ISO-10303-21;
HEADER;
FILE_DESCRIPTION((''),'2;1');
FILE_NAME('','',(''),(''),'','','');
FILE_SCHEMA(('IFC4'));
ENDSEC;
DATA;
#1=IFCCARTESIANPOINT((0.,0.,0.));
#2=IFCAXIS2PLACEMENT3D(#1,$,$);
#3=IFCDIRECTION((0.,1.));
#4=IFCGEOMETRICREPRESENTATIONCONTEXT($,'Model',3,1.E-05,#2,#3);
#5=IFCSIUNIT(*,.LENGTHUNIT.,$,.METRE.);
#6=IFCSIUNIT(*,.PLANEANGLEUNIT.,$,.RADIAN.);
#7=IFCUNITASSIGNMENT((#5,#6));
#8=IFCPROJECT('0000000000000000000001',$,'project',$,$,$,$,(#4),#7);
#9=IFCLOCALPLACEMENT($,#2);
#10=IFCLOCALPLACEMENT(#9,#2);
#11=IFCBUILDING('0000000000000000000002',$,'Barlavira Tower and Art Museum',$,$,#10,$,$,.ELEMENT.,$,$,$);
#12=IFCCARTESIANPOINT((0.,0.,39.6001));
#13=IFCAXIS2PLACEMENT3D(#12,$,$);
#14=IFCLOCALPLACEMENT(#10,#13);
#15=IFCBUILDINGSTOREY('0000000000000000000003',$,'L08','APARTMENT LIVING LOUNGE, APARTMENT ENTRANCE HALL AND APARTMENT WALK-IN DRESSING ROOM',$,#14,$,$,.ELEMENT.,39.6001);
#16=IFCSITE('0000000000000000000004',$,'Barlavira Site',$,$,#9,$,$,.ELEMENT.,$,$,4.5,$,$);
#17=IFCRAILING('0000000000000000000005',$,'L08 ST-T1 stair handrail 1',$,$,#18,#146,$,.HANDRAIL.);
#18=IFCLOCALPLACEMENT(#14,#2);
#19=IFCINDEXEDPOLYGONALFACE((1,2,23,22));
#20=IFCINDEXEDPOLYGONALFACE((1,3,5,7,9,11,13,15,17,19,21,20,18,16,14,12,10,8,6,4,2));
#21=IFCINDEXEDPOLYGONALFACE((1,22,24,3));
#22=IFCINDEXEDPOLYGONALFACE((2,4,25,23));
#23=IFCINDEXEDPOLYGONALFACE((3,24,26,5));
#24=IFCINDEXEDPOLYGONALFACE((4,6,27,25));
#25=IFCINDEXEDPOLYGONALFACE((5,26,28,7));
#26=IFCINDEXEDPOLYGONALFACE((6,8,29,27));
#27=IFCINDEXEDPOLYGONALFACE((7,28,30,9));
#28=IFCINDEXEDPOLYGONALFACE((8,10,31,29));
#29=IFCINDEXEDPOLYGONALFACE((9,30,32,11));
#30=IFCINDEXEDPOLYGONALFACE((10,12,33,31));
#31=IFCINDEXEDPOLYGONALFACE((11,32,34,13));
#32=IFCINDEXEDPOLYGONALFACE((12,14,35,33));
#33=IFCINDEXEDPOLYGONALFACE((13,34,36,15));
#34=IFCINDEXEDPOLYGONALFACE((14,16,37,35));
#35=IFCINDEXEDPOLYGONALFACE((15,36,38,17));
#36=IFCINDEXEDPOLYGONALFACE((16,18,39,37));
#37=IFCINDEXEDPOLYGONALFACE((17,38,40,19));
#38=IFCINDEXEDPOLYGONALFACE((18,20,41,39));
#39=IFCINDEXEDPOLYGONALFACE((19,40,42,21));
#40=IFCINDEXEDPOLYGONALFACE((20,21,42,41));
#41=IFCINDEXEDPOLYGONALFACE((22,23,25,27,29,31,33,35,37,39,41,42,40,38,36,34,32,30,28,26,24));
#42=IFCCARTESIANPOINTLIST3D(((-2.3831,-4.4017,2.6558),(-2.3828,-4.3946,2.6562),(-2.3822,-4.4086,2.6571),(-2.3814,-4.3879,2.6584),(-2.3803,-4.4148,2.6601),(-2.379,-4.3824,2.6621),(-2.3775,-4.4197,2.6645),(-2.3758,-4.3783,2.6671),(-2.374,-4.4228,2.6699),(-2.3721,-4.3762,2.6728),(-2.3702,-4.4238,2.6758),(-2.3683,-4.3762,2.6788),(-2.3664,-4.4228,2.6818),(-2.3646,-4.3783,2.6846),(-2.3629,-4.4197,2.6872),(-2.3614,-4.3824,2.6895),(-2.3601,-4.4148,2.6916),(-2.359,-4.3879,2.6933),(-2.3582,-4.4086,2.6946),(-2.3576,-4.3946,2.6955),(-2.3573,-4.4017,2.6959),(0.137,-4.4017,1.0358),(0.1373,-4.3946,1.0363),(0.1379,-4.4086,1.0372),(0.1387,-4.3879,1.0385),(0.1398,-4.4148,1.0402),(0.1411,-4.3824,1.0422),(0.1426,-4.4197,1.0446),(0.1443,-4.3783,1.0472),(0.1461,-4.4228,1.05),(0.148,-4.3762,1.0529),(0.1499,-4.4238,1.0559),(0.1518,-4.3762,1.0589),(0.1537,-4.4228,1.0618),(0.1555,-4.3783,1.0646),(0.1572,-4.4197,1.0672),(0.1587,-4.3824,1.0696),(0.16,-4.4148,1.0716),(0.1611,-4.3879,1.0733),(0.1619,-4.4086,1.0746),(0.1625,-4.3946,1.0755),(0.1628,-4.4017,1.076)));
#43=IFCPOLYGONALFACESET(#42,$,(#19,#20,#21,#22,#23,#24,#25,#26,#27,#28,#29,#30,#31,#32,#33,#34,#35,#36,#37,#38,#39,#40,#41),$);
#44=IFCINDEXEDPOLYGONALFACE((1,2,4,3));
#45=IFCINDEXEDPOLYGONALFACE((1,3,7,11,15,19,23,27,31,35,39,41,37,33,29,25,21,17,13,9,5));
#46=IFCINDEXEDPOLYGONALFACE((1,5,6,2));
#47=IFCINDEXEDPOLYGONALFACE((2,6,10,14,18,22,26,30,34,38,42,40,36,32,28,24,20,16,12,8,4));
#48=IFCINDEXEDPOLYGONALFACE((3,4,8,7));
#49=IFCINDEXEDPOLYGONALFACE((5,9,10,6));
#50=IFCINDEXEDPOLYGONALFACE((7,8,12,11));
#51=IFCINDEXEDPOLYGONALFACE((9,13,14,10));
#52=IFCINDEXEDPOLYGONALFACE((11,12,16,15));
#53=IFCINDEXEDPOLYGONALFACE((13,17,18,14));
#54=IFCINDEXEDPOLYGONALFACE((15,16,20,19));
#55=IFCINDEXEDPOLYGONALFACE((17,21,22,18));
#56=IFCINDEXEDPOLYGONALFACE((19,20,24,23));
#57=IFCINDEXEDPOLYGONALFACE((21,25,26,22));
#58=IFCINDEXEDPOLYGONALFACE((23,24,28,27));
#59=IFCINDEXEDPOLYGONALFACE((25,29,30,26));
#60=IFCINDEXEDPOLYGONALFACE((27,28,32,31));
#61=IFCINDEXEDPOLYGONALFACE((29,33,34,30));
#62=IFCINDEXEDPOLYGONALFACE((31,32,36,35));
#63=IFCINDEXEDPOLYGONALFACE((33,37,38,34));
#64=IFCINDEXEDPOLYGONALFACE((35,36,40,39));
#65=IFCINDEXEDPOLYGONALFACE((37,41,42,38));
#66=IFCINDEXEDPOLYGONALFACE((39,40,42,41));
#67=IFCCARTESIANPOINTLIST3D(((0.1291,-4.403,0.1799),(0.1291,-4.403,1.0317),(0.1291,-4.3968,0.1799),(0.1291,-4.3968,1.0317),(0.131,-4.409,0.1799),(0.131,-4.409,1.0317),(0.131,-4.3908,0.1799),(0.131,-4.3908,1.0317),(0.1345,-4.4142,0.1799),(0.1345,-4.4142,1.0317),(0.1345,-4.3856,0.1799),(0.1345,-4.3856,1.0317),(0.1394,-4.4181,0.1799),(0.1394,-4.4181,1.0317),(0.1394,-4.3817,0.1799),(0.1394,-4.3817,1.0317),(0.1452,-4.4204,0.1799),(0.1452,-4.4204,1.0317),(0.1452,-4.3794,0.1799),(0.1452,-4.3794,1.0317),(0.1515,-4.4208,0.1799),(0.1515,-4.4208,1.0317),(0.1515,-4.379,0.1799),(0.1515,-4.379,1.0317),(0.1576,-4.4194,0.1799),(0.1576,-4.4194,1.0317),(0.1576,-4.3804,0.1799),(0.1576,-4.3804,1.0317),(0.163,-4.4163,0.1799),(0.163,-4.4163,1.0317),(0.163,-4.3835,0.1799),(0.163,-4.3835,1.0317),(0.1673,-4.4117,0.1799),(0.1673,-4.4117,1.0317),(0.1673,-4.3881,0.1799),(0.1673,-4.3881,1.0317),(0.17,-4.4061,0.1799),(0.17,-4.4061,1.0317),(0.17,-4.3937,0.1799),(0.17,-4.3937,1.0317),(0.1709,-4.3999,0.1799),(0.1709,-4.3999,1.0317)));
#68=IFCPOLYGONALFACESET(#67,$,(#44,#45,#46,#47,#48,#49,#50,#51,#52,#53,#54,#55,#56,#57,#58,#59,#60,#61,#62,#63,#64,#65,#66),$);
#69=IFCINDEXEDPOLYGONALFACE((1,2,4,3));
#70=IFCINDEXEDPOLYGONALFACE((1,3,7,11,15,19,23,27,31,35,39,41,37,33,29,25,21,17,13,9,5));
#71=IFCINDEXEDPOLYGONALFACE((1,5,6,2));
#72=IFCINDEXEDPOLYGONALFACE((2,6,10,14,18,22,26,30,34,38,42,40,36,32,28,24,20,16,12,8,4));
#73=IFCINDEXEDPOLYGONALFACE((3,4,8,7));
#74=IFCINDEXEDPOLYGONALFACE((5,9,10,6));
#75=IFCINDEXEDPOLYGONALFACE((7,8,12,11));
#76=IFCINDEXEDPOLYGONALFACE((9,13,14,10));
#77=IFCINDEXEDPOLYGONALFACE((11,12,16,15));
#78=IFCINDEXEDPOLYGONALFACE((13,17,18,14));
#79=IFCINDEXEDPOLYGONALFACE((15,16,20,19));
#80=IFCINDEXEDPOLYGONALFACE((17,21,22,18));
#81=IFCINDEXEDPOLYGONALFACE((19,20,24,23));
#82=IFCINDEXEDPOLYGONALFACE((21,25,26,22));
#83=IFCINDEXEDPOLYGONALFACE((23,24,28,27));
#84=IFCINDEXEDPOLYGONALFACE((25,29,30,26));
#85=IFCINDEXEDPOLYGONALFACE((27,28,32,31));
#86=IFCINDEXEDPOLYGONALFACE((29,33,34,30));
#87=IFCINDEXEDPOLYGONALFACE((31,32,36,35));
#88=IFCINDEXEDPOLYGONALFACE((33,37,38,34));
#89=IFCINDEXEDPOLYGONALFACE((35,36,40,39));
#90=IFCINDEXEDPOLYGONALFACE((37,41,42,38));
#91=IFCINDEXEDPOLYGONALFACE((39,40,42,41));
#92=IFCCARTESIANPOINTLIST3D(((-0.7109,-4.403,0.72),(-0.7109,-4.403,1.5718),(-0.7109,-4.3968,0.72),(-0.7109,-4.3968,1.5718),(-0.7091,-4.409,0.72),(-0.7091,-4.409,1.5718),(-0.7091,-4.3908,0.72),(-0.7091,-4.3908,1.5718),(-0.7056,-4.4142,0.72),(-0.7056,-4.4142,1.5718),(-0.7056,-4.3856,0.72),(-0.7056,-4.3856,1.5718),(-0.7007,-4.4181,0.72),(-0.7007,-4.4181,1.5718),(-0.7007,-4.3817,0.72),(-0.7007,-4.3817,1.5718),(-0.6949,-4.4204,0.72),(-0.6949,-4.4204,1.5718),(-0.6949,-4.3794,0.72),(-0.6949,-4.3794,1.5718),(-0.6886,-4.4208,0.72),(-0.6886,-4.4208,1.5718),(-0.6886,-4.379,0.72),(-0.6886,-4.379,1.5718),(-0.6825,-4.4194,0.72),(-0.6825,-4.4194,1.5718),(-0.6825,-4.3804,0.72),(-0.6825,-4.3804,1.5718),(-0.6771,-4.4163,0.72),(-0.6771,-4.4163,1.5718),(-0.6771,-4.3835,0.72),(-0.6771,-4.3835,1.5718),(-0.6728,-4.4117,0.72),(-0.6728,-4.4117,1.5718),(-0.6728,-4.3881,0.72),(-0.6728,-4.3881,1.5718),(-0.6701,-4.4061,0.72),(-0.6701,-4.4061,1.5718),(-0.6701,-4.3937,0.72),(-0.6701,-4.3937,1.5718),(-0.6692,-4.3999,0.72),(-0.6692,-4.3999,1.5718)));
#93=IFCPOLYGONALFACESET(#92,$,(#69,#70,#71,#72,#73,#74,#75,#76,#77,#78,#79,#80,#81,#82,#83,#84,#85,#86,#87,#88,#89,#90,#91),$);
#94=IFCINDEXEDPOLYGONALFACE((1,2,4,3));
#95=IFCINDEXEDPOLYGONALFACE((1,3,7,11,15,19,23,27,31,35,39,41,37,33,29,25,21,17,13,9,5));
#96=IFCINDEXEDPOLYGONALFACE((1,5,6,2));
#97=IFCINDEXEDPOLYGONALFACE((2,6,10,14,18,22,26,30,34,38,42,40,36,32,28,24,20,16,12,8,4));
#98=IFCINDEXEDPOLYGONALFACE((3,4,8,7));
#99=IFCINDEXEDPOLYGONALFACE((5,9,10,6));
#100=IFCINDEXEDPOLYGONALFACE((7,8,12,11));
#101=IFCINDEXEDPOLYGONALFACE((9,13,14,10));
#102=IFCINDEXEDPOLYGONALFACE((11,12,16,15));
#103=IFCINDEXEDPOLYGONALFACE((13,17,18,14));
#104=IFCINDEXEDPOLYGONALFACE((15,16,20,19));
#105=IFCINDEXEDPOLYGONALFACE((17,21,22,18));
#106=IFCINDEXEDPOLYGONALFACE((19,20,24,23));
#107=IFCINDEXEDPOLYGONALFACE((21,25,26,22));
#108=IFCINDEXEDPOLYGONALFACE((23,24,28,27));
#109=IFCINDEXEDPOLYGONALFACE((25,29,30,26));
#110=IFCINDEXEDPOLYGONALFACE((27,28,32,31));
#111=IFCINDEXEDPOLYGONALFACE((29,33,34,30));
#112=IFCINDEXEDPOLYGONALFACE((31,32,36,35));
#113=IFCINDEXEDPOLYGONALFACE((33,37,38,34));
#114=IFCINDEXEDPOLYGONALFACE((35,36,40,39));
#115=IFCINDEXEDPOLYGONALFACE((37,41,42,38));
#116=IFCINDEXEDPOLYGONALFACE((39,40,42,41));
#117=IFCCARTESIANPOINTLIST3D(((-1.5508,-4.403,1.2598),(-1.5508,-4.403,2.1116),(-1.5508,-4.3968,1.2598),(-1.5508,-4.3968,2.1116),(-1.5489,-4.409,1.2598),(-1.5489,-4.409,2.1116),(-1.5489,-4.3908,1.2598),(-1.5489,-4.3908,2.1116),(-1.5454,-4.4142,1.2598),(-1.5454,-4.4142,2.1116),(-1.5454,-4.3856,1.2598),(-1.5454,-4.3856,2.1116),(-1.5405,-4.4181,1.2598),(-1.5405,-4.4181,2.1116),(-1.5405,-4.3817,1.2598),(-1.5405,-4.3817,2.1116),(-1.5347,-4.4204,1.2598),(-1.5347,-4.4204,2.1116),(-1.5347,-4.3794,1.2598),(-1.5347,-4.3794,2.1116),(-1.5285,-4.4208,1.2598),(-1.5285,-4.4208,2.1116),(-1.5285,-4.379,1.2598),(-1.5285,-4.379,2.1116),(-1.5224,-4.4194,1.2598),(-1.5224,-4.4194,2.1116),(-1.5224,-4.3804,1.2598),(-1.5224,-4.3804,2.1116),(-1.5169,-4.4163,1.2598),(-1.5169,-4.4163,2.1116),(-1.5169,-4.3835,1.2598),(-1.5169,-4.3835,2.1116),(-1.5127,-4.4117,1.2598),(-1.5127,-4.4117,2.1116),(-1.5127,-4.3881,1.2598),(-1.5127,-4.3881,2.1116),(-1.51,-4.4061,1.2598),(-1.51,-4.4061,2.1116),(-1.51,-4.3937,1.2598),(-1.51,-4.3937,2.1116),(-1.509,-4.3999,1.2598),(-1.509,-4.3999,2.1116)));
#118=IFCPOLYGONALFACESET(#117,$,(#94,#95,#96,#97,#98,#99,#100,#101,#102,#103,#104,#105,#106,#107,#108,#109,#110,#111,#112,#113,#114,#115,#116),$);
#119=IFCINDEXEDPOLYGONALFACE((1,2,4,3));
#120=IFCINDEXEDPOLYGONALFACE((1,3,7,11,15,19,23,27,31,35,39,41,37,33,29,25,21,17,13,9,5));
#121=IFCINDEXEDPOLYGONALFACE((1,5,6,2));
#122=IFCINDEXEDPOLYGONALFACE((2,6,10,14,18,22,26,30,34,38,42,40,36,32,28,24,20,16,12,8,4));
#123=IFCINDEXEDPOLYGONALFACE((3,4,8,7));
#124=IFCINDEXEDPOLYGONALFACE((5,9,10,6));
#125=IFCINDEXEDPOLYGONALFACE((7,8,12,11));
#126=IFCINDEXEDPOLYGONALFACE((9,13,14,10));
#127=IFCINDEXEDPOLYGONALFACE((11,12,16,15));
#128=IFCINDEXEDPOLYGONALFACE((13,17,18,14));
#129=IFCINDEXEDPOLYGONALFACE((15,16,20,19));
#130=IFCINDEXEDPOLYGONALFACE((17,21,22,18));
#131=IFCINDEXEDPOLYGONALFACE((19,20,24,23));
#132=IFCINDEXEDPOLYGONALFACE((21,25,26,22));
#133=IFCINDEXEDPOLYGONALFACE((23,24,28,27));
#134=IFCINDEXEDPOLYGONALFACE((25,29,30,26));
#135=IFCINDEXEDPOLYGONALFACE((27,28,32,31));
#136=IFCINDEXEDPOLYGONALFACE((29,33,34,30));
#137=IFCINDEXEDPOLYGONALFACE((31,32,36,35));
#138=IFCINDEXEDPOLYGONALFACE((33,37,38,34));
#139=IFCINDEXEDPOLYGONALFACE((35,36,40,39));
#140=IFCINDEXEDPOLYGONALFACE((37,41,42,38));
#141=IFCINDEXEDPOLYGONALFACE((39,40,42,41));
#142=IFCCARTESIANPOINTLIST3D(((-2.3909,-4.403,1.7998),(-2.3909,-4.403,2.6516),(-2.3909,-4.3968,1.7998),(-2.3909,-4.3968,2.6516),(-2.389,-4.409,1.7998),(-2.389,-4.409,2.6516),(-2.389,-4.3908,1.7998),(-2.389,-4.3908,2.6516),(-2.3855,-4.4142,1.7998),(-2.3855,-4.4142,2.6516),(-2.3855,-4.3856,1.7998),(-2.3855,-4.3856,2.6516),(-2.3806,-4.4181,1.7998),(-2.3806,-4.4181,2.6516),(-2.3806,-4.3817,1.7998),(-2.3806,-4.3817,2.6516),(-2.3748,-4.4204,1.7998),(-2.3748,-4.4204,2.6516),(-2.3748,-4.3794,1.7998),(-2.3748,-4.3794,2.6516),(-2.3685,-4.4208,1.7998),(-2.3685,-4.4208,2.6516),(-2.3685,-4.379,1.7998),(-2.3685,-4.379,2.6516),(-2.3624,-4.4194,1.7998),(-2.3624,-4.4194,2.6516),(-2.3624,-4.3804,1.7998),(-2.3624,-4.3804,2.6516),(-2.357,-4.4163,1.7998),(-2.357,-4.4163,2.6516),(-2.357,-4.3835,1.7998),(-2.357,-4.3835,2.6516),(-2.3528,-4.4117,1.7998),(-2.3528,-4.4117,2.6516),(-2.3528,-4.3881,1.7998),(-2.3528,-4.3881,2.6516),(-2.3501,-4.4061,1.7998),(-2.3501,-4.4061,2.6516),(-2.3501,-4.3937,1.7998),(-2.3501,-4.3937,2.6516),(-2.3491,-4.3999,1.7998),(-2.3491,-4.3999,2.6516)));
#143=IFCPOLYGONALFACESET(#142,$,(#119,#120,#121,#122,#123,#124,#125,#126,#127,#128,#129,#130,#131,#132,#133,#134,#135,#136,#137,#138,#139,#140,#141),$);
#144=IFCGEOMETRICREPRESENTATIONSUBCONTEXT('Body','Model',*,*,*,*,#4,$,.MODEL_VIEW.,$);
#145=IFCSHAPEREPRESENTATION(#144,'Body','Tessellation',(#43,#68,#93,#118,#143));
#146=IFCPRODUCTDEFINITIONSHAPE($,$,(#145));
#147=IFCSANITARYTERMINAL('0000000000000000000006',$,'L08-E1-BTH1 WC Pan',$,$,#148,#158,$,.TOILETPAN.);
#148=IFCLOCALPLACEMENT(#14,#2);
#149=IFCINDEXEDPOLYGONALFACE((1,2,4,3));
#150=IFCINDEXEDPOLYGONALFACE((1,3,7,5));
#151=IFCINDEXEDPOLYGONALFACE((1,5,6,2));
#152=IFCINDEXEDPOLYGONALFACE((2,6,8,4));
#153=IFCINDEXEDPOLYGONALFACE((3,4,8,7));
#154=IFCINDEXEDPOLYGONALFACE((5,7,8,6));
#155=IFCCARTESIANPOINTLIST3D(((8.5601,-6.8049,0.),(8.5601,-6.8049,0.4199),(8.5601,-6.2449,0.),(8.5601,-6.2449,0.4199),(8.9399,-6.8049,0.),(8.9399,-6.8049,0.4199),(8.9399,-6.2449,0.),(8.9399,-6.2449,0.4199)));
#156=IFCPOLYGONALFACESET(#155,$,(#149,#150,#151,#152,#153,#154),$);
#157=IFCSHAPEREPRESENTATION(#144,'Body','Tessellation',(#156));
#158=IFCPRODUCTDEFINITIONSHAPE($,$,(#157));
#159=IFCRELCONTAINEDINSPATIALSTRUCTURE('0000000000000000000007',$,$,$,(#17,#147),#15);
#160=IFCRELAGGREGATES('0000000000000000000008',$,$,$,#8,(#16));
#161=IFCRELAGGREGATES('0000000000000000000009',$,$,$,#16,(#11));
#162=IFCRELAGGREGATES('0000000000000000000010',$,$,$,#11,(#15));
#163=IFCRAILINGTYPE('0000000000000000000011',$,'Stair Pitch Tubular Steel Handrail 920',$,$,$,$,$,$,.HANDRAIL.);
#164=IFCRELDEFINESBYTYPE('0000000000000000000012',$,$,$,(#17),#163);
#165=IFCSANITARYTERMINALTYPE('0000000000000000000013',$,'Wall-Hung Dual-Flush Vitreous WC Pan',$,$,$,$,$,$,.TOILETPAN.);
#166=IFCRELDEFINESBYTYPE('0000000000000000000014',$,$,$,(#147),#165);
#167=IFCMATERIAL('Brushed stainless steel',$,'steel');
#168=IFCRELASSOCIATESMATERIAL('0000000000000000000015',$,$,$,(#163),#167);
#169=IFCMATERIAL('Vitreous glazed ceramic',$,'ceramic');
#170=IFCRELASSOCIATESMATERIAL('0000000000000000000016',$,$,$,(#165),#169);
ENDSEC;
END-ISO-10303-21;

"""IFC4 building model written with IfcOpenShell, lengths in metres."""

from ifc_helpers import new_model, si_unit, direction, frame, origin, origin_2d, place, context, subcontext, project, spatial, rectangle, circle, extrude, material, type_object, element, save


model = new_model("IFC4")

# Units and contexts
model_context = context("Model", 3, precision=1e-05, world=origin(), true_north=direction((0.0, 1.0)))
body_context = subcontext(model_context, "Body", "Model", "MODEL_VIEW")
ifc_project = project(units=[si_unit("LENGTHUNIT", "METRE"), si_unit("PLANEANGLEUNIT", "RADIAN")], contexts=[model_context])

# Site, building, storey
site_placement = place(None, origin())
site = spatial("IfcSite", under=ifc_project, at=site_placement, Name="Barlavira Site", CompositionType="ELEMENT", RefElevation=4.5)
building_placement = place(site_placement, origin())
building = spatial("IfcBuilding", under=site, at=building_placement, Name="Barlavira Tower and Art Museum", CompositionType="ELEMENT")
storey_placement = place(building_placement, frame((0.0, 0.0, 39.6001)))
storey = spatial("IfcBuildingStorey", under=building, at=storey_placement, Name="L08", Description="APARTMENT LIVING LOUNGE, APARTMENT ENTRANCE HALL AND APARTMENT WALK-IN DRESSING ROOM", CompositionType="ELEMENT", Elevation=39.6001)

# Shared definitions
ifc_material_1 = material(Name="Brushed stainless steel", Category="steel")

# Railing
railing_type_1 = type_object("IfcRailingType", Name="Stair Pitch Tubular Steel Handrail 920", PredefinedType="HANDRAIL", material=ifc_material_1)
railing_1_placement = place(storey_placement, frame((0.1499, -4.3999, 0.1799)))
element("IfcRailing", 1, at=railing_1_placement, inside=storey, type_object=railing_type_1, Name="L08 ST-T1 stair handrail 1", PredefinedType="HANDRAIL", context=body_context, shape_type="SweptSolid", body=[
    extrude(circle(Radius=0.0239, at=origin_2d()), frame((0.0, 0.0, 0.876), z_axis=(-0.8412, 0.0, 0.540725), x_axis=(0.0, -1.0, 0.0)), (0.0, 0.0, 1.0), 2.9958),
    extrude(circle(Radius=0.021, at=origin_2d()), origin(), (0.0, 0.0, 1.0), 0.8518),
    extrude(circle(Radius=0.021, at=origin_2d()), frame((-0.8401, 0.0, 0.54)), (0.0, 0.0, 1.0), 0.8518),
    extrude(circle(Radius=0.021, at=origin_2d()), frame((-1.6799, 0.0, 1.0798)), (0.0, 0.0, 1.0), 0.8518),
    extrude(circle(Radius=0.021, at=origin_2d()), frame((-2.52, 0.0, 1.6199)), (0.0, 0.0, 1.0), 0.8518),
])

# Sanitary terminal
ifc_material_2 = material(Name="Vitreous glazed ceramic", Category="ceramic")
sanitary_terminal_type = type_object("IfcSanitaryTerminalType", Name="Wall-Hung Dual-Flush Vitreous WC Pan", PredefinedType="TOILETPAN", material=ifc_material_2)
sanitary_terminal_placement = place(storey_placement, frame((8.75, -6.5249, 0.0), z_axis=(0.0, 0.0, 1.0), x_axis=(1.0, 0.0, 0.0)))
element("IfcSanitaryTerminal", 2, at=sanitary_terminal_placement, inside=storey, type_object=sanitary_terminal_type, Name="L08-E1-BTH1 WC Pan", PredefinedType="TOILETPAN", context=body_context, shape_type="SweptSolid", body=[
    extrude(rectangle(XDim=0.3799, YDim=0.5601, at=origin_2d()), origin(), (0.0, 0.0, 1.0), 0.4199),
])

save(model, "model.ifc")
